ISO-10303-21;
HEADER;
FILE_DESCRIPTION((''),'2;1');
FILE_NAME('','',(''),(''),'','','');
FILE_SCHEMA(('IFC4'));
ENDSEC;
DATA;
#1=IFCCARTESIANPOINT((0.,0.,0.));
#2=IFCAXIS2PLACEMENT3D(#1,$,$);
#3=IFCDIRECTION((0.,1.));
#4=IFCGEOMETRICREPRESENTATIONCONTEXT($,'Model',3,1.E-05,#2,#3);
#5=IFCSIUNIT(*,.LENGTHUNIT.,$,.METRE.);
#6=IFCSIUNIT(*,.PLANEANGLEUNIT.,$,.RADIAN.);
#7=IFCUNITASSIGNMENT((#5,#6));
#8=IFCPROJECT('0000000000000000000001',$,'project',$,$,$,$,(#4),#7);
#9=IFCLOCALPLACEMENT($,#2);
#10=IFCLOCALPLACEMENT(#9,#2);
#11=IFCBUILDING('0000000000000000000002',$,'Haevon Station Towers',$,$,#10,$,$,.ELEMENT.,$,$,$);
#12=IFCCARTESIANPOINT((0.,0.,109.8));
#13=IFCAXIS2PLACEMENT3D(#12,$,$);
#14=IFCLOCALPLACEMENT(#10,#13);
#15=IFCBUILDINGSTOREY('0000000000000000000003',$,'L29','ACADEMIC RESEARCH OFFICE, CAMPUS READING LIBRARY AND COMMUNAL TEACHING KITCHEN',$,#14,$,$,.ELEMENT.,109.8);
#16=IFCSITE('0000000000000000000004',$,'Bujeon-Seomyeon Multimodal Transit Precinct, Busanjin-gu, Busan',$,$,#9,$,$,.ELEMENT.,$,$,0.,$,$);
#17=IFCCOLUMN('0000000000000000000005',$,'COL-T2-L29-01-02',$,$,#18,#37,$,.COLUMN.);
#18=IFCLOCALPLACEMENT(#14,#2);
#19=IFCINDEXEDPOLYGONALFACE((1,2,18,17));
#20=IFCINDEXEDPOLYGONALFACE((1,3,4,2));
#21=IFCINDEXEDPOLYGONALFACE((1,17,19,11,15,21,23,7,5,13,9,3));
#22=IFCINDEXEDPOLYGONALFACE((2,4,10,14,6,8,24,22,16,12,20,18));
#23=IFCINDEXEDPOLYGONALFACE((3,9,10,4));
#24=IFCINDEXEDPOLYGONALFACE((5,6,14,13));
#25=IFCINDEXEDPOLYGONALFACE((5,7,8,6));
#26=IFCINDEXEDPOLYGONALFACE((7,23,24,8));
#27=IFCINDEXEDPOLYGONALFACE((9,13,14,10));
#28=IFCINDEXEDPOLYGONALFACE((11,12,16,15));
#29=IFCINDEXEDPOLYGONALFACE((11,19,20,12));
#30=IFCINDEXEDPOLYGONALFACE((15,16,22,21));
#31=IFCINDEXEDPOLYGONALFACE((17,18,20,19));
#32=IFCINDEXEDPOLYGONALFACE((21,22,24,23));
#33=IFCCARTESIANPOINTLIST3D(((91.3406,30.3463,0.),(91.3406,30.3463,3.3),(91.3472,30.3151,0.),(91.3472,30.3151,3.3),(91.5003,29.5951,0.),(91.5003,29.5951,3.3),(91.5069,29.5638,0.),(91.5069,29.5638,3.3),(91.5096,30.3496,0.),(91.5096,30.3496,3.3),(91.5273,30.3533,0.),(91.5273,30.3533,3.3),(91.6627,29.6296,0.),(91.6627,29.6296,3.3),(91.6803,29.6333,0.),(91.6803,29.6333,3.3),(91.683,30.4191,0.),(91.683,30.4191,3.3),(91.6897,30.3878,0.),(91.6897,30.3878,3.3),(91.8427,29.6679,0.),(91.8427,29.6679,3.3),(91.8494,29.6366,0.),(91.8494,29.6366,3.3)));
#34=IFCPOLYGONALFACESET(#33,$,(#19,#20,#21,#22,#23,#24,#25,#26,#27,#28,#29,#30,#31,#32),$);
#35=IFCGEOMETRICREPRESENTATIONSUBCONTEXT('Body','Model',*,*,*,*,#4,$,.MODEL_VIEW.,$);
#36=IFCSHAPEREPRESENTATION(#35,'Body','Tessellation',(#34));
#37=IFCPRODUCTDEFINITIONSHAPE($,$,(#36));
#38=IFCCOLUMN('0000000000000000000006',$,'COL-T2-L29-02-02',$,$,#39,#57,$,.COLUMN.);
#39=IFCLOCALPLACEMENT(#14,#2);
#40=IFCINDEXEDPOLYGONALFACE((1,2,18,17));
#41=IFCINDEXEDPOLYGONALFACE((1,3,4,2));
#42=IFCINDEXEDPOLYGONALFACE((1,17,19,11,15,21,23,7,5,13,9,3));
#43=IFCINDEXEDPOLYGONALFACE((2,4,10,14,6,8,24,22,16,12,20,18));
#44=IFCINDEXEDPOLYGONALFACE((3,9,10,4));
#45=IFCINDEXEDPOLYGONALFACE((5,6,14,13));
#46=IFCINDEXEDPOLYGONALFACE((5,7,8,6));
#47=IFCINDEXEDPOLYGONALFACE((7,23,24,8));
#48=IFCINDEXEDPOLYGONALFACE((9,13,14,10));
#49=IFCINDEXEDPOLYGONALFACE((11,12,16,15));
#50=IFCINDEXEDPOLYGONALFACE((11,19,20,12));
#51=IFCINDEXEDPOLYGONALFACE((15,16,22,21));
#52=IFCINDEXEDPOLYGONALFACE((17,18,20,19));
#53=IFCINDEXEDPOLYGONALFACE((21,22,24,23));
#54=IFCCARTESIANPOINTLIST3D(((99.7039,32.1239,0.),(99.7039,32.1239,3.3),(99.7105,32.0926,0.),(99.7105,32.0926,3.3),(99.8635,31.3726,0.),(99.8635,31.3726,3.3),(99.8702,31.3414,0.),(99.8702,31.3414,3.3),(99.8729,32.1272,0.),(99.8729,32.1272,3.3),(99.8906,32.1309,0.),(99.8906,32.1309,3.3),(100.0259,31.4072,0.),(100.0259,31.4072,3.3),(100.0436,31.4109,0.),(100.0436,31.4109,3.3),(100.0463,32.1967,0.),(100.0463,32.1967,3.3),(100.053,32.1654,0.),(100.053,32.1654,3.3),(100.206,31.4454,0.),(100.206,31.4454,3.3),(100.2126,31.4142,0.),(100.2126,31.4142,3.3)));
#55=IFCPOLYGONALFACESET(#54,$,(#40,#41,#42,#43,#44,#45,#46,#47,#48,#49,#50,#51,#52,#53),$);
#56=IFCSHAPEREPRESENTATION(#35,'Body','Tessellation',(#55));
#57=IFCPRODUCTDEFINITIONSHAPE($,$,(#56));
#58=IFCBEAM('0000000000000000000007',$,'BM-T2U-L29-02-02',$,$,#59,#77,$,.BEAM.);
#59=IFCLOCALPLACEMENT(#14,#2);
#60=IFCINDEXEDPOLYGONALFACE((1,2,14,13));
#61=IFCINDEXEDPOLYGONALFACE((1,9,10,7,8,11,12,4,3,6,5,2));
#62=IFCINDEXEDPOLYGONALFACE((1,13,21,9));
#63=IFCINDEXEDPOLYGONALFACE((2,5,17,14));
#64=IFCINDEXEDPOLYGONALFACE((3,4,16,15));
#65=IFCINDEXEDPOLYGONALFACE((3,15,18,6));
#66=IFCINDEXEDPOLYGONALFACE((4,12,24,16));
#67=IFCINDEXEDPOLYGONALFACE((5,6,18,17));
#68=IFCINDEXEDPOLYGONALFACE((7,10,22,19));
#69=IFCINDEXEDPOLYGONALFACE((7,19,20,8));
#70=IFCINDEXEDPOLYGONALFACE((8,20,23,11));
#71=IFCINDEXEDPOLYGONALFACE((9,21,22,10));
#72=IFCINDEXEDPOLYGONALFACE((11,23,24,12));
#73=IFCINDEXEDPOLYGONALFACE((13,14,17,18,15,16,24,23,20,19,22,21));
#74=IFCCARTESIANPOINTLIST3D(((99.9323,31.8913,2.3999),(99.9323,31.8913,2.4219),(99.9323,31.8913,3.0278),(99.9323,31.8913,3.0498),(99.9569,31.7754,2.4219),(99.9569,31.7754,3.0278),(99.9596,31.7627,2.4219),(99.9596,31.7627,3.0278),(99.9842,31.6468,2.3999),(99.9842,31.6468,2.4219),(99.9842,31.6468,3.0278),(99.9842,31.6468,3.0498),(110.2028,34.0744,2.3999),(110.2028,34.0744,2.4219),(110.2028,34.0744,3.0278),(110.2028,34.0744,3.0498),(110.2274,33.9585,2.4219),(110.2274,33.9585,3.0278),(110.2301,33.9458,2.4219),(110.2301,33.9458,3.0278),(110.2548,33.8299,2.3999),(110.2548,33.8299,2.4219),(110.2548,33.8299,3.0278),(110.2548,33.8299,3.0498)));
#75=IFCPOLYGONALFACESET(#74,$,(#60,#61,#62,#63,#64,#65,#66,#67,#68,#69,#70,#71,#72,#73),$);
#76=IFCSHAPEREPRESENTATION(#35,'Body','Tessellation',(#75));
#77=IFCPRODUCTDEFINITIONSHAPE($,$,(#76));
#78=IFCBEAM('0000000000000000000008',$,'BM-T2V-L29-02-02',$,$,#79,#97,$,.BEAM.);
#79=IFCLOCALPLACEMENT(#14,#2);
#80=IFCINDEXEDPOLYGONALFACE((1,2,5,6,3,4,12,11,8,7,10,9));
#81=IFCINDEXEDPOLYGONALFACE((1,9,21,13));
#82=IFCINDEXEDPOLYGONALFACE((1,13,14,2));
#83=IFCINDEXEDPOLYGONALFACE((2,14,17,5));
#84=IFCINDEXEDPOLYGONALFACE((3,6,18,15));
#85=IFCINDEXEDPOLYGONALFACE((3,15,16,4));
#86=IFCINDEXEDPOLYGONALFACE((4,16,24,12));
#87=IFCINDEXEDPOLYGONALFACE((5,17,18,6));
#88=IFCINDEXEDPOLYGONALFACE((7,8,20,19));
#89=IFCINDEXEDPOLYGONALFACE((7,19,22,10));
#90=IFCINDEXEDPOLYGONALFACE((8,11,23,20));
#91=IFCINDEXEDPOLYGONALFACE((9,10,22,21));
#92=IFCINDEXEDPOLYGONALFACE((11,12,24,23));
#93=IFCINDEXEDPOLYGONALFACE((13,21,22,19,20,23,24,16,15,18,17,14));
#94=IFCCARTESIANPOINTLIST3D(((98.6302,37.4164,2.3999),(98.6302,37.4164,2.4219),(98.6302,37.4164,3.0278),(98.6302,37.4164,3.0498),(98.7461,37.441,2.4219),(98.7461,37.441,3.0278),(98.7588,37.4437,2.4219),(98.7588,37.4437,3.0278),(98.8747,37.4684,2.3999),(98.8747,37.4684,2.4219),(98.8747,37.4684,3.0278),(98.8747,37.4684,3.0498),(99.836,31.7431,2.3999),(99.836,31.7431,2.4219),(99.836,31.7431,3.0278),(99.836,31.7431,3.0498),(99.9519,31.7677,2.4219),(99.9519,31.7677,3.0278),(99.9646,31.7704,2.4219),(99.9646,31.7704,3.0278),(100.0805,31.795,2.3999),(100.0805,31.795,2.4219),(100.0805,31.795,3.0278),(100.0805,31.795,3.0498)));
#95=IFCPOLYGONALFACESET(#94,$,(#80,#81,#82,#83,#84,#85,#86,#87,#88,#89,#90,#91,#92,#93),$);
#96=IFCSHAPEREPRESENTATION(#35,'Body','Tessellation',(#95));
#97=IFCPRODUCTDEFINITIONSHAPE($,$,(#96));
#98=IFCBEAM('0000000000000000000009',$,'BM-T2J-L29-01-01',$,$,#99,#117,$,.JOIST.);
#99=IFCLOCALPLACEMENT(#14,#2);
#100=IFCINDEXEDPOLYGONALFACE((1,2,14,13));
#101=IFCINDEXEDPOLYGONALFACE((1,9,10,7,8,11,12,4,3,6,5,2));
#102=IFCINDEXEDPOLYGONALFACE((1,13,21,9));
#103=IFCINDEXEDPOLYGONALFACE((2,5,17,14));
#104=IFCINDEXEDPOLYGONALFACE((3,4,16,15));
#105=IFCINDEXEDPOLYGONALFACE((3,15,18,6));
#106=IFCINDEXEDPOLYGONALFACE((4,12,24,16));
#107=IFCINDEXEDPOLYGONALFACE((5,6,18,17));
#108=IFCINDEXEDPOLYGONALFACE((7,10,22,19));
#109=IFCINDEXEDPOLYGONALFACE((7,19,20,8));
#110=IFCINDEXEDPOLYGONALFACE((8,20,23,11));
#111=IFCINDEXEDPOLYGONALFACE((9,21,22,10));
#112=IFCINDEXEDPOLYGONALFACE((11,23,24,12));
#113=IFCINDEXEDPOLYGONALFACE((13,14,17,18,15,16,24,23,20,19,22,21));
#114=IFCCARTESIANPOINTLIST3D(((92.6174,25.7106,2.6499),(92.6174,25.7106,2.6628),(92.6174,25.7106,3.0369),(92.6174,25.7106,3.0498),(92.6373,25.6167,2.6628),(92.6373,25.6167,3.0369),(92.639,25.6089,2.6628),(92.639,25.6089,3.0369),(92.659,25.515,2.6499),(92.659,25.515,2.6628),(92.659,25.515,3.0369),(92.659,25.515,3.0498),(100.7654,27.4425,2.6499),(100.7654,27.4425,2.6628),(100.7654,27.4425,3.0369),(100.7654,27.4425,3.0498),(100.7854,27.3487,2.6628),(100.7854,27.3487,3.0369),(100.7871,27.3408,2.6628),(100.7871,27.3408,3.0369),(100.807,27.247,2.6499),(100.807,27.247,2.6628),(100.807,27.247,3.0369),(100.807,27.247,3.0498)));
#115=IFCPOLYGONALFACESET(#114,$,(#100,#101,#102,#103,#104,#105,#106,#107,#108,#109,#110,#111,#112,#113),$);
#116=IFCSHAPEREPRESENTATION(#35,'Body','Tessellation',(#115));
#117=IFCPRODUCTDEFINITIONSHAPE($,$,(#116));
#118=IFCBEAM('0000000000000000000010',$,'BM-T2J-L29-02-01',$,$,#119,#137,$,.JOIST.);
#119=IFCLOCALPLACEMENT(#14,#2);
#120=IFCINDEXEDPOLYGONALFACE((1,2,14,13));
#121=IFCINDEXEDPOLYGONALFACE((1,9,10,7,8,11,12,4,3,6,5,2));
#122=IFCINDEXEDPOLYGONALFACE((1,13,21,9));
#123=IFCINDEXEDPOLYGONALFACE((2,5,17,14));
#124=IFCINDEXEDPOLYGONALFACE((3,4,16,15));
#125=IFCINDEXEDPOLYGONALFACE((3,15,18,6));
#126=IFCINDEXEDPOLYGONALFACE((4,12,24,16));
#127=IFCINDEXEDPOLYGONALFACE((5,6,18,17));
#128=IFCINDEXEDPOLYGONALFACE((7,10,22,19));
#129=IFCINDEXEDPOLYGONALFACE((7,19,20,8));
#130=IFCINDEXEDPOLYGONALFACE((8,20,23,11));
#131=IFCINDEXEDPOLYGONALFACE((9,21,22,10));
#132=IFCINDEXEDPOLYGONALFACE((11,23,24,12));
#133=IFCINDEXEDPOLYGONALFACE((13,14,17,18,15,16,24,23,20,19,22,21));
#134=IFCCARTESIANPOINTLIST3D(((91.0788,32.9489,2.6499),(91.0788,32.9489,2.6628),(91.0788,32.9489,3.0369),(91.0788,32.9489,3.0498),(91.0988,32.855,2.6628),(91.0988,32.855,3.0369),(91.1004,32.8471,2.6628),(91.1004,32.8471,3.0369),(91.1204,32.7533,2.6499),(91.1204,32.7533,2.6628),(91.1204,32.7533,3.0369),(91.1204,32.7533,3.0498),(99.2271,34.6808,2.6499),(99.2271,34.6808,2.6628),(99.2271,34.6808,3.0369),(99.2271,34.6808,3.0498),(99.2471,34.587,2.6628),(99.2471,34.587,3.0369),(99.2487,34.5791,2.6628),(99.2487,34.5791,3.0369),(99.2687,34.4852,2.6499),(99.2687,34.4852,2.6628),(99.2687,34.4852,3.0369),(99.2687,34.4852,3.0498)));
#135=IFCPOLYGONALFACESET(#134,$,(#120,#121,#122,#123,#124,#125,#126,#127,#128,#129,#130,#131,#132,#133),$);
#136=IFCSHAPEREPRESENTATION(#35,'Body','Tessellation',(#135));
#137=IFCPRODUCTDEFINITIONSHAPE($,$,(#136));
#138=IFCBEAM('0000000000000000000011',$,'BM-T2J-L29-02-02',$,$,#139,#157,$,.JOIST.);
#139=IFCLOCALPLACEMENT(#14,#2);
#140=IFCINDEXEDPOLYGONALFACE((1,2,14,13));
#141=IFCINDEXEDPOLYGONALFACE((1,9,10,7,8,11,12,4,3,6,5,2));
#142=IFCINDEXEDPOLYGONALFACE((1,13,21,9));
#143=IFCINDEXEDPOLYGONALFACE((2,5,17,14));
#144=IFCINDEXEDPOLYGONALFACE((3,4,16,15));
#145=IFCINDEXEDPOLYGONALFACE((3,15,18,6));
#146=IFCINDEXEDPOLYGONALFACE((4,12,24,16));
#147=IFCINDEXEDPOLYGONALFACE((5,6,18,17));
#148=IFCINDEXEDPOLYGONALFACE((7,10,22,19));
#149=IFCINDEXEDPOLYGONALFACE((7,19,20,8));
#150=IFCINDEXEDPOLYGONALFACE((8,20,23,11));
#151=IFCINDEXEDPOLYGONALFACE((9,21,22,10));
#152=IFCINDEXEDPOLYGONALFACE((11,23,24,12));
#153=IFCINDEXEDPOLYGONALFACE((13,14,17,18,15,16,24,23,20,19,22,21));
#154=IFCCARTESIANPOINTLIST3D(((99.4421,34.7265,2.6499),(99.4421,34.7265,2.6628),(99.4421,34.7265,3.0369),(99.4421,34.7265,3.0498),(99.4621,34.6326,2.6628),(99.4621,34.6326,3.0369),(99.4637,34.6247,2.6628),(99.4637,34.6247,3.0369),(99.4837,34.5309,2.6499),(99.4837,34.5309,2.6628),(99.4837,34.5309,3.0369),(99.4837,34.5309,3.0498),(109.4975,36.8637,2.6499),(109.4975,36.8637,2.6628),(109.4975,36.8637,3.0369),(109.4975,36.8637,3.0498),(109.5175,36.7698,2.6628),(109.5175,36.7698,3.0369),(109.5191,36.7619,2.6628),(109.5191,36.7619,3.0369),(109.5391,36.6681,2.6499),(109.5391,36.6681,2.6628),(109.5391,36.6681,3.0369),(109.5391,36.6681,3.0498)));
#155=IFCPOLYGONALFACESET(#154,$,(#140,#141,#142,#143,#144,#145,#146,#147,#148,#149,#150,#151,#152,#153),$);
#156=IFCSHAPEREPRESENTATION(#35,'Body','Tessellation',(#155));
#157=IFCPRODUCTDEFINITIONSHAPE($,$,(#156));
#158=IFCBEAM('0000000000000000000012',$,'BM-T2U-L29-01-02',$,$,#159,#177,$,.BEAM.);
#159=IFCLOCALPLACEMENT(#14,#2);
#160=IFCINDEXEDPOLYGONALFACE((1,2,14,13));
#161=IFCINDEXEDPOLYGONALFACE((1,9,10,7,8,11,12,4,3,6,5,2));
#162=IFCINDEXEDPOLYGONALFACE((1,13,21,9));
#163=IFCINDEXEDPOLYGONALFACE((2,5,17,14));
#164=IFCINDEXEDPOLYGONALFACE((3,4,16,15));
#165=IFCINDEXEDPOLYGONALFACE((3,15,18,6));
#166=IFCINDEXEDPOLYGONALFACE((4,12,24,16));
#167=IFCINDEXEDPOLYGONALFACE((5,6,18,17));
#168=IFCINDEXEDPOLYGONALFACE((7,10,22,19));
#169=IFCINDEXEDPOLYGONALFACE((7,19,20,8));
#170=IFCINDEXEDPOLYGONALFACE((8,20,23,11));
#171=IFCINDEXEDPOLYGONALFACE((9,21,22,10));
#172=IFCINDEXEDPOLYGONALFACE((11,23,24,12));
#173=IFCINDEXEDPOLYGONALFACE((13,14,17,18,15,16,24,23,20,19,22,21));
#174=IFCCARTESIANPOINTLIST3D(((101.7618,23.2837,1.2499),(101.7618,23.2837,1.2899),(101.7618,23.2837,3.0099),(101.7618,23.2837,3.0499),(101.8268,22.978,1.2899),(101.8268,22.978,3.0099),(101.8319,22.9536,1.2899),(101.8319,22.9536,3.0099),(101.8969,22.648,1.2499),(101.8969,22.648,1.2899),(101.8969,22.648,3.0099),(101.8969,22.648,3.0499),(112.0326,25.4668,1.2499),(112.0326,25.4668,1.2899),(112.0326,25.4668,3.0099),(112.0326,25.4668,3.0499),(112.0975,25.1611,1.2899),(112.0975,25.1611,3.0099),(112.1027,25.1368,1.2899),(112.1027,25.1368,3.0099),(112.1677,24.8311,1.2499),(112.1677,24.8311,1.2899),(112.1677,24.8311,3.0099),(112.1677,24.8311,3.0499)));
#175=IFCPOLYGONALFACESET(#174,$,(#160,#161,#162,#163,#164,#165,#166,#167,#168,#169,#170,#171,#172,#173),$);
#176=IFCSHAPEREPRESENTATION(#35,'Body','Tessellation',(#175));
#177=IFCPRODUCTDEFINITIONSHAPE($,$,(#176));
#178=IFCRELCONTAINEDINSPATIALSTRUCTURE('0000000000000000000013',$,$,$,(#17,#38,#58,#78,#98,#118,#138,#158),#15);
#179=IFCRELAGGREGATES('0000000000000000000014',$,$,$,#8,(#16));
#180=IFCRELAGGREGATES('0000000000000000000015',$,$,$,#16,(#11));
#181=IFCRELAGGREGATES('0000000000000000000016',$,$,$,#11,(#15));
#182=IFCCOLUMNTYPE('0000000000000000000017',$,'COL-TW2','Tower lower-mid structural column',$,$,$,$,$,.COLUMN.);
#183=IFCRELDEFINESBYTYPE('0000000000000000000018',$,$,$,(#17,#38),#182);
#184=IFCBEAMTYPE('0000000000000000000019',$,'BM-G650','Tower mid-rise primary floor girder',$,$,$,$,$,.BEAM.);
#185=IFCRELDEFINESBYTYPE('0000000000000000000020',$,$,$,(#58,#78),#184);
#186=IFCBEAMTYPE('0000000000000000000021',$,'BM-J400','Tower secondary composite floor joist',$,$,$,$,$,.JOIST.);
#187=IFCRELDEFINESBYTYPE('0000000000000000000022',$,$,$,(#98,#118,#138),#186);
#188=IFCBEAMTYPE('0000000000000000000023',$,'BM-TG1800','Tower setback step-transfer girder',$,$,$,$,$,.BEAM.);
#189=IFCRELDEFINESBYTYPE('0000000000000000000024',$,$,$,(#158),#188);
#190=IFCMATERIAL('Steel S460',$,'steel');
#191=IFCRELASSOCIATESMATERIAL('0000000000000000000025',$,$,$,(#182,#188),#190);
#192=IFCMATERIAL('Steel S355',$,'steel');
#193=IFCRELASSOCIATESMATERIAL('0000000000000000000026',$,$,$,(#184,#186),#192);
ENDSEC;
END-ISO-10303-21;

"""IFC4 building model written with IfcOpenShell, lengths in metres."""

from ifc_helpers import new_model, si_unit, direction, frame, origin, origin_2d, place, context, subcontext, project, spatial, i_section, extrude, material, material_profile, profile_set, type_object, element, save


model = new_model("IFC4")

# Units and contexts
model_context = context("Model", 3, precision=1e-05, world=origin(), true_north=direction((0.0, 1.0)))
body_context = subcontext(model_context, "Body", "Model", "MODEL_VIEW")
ifc_project = project(units=[si_unit("LENGTHUNIT", "METRE"), si_unit("PLANEANGLEUNIT", "RADIAN")], contexts=[model_context])

# Site, building, storey
site_placement = place(None, origin())
site = spatial("IfcSite", under=ifc_project, at=site_placement, Name="Bujeon-Seomyeon Multimodal Transit Precinct, Busanjin-gu, Busan", CompositionType="ELEMENT", RefElevation=0.0)
building_placement = place(site_placement, origin())
building = spatial("IfcBuilding", under=site, at=building_placement, Name="Haevon Station Towers", CompositionType="ELEMENT")
storey_placement = place(building_placement, frame((0.0, 0.0, 109.8)))
storey = spatial("IfcBuildingStorey", under=building, at=storey_placement, Name="L29", Description="ACADEMIC RESEARCH OFFICE, CAMPUS READING LIBRARY AND COMMUNAL TEACHING KITCHEN", CompositionType="ELEMENT", Elevation=109.8)

# Columns
ifc_material_1 = material(Name="Steel S460", Category="steel")
ifc_material_profile_1 = material_profile(ifc_material_1, i_section(OverallWidth=0.3501, OverallDepth=0.8, WebThickness=0.0181, FlangeThickness=0.032, at=origin_2d()), Name="H-800x350x18x32")
ifc_profile_set_1 = profile_set([ifc_material_profile_1], Name="Steel S460")
column_type = type_object("IfcColumnType", Name="COL-TW2", Description="Tower lower-mid structural column", PredefinedType="COLUMN", material=ifc_profile_set_1)
for number, where, z_axis, x_axis, name in (
    (1, (91.595, 29.9915, 0.0), (0.0, 0.0, 1.0), (0.978148, 0.207912, 0.0), "COL-T2-L29-01-02"),
    (2, (99.9583, 31.769, 0.0), (0.0, 0.0, 1.0), (0.978148, 0.207912, 0.0), "COL-T2-L29-02-02"),
):
    element("IfcColumn", number, at=place(storey_placement, frame(where, z_axis=z_axis, x_axis=x_axis)), inside=storey, type_object=column_type, Name=name, PredefinedType="COLUMN", context=body_context, shape_type="SweptSolid", body=[
        extrude(i_section(OverallWidth=0.3501, OverallDepth=0.8, WebThickness=0.0181, FlangeThickness=0.032, at=origin_2d()), origin(), (0.0, 0.0, 1.0), 3.3),
    ])

# Beams
ifc_material_2 = material(Name="Steel S355", Category="steel")
ifc_material_profile_2 = material_profile(ifc_material_2, i_section(OverallWidth=0.25, OverallDepth=0.6499, WebThickness=0.0129, FlangeThickness=0.022, at=origin_2d()), Name="H-650x250x13x22")
ifc_profile_set_2 = profile_set([ifc_material_profile_2], Name="Steel S355")
beam_type_1 = type_object("IfcBeamType", Name="BM-G650", Description="Tower mid-rise primary floor girder", PredefinedType="BEAM", material=ifc_profile_set_2)
beam_1_placement = place(storey_placement, frame((99.9583, 31.769, 2.7249), z_axis=(0.978147, 0.207915, 0.0), x_axis=(-0.207915, 0.978147, 0.0)))
element("IfcBeam", 3, at=beam_1_placement, inside=storey, type_object=beam_type_1, Name="BM-T2U-L29-02-02", PredefinedType="BEAM", context=body_context, shape_type="SweptSolid", body=[
    extrude(i_section(OverallWidth=0.25, OverallDepth=0.6499, WebThickness=0.0129, FlangeThickness=0.022, at=origin_2d()), origin(), (0.0, 0.0, 1.0), 10.5),
])
beam_2_placement = place(storey_placement, frame((99.9583, 31.769, 2.7249), z_axis=(-0.207896, 0.978151, 0.0), x_axis=(-0.978151, -0.207896, 0.0)))
element("IfcBeam", 4, at=beam_2_placement, inside=storey, type_object=beam_type_1, Name="BM-T2V-L29-02-02", PredefinedType="BEAM", context=body_context, shape_type="SweptSolid", body=[
    extrude(i_section(OverallWidth=0.25, OverallDepth=0.6499, WebThickness=0.0129, FlangeThickness=0.022, at=origin_2d()), origin(), (0.0, 0.0, 1.0), 5.8),
])
ifc_material_profile_3 = material_profile(ifc_material_2, i_section(OverallWidth=0.2, OverallDepth=0.3999, WebThickness=0.0081, FlangeThickness=0.0129, at=origin_2d()), Name="H-400x200x8x13")
ifc_profile_set_3 = profile_set([ifc_material_profile_3], Name="Steel S355")
beam_type_2 = type_object("IfcBeamType", Name="BM-J400", Description="Tower secondary composite floor joist", PredefinedType="JOIST", material=ifc_profile_set_3)
beam_3_placement = place(storey_placement, frame((92.6382, 25.6128, 2.8499), z_axis=(0.978147, 0.207916, 0.0), x_axis=(-0.207916, 0.978147, 0.0)))
element("IfcBeam", 5, at=beam_3_placement, inside=storey, type_object=beam_type_2, Name="BM-T2J-L29-01-01", PredefinedType="JOIST", context=body_context, shape_type="SweptSolid", body=[
    extrude(i_section(OverallWidth=0.2, OverallDepth=0.3999, WebThickness=0.0081, FlangeThickness=0.0129, at=origin_2d()), origin(), (0.0, 0.0, 1.0), 8.3301),
])
beam_4_placement = place(storey_placement, frame((91.0996, 32.8511, 2.8499), z_axis=(0.978148, 0.20791, 0.0), x_axis=(-0.20791, 0.978148, 0.0)))
element("IfcBeam", 6, at=beam_4_placement, inside=storey, type_object=beam_type_2, Name="BM-T2J-L29-02-01", PredefinedType="JOIST", context=body_context, shape_type="SweptSolid", body=[
    extrude(i_section(OverallWidth=0.2, OverallDepth=0.3999, WebThickness=0.0081, FlangeThickness=0.0129, at=origin_2d()), origin(), (0.0, 0.0, 1.0), 8.3303),
])
beam_5_placement = place(storey_placement, frame((99.4629, 34.6287, 2.8499), z_axis=(0.97815, 0.207899, 0.0), x_axis=(-0.207899, 0.97815, 0.0)))
element("IfcBeam", 7, at=beam_5_placement, inside=storey, type_object=beam_type_2, Name="BM-T2J-L29-02-02", PredefinedType="JOIST", context=body_context, shape_type="SweptSolid", body=[
    extrude(i_section(OverallWidth=0.2, OverallDepth=0.3999, WebThickness=0.0081, FlangeThickness=0.0129, at=origin_2d()), origin(), (0.0, 0.0, 1.0), 10.28),
])
ifc_material_profile_4 = material_profile(ifc_material_1, i_section(OverallWidth=0.6499, OverallDepth=1.8, WebThickness=0.0249, FlangeThickness=0.04, at=origin_2d()), Name="H-1800x650x25x40")
ifc_profile_set_4 = profile_set([ifc_material_profile_4], Name="Steel S460")
beam_type_3 = type_object("IfcBeamType", Name="BM-TG1800", Description="Tower setback step-transfer girder", PredefinedType="BEAM", material=ifc_profile_set_4)
beam_6_placement = place(storey_placement, frame((101.8293, 22.9658, 2.1499), z_axis=(0.978148, 0.207911, 0.0), x_axis=(-0.207911, 0.978148, 0.0)))
element("IfcBeam", 8, at=beam_6_placement, inside=storey, type_object=beam_type_3, Name="BM-T2U-L29-01-02", PredefinedType="BEAM", context=body_context, shape_type="SweptSolid", body=[
    extrude(i_section(OverallWidth=0.6499, OverallDepth=1.8, WebThickness=0.0249, FlangeThickness=0.04, at=origin_2d()), origin(), (0.0, 0.0, 1.0), 10.5002),
])

save(model, "model.ifc")
